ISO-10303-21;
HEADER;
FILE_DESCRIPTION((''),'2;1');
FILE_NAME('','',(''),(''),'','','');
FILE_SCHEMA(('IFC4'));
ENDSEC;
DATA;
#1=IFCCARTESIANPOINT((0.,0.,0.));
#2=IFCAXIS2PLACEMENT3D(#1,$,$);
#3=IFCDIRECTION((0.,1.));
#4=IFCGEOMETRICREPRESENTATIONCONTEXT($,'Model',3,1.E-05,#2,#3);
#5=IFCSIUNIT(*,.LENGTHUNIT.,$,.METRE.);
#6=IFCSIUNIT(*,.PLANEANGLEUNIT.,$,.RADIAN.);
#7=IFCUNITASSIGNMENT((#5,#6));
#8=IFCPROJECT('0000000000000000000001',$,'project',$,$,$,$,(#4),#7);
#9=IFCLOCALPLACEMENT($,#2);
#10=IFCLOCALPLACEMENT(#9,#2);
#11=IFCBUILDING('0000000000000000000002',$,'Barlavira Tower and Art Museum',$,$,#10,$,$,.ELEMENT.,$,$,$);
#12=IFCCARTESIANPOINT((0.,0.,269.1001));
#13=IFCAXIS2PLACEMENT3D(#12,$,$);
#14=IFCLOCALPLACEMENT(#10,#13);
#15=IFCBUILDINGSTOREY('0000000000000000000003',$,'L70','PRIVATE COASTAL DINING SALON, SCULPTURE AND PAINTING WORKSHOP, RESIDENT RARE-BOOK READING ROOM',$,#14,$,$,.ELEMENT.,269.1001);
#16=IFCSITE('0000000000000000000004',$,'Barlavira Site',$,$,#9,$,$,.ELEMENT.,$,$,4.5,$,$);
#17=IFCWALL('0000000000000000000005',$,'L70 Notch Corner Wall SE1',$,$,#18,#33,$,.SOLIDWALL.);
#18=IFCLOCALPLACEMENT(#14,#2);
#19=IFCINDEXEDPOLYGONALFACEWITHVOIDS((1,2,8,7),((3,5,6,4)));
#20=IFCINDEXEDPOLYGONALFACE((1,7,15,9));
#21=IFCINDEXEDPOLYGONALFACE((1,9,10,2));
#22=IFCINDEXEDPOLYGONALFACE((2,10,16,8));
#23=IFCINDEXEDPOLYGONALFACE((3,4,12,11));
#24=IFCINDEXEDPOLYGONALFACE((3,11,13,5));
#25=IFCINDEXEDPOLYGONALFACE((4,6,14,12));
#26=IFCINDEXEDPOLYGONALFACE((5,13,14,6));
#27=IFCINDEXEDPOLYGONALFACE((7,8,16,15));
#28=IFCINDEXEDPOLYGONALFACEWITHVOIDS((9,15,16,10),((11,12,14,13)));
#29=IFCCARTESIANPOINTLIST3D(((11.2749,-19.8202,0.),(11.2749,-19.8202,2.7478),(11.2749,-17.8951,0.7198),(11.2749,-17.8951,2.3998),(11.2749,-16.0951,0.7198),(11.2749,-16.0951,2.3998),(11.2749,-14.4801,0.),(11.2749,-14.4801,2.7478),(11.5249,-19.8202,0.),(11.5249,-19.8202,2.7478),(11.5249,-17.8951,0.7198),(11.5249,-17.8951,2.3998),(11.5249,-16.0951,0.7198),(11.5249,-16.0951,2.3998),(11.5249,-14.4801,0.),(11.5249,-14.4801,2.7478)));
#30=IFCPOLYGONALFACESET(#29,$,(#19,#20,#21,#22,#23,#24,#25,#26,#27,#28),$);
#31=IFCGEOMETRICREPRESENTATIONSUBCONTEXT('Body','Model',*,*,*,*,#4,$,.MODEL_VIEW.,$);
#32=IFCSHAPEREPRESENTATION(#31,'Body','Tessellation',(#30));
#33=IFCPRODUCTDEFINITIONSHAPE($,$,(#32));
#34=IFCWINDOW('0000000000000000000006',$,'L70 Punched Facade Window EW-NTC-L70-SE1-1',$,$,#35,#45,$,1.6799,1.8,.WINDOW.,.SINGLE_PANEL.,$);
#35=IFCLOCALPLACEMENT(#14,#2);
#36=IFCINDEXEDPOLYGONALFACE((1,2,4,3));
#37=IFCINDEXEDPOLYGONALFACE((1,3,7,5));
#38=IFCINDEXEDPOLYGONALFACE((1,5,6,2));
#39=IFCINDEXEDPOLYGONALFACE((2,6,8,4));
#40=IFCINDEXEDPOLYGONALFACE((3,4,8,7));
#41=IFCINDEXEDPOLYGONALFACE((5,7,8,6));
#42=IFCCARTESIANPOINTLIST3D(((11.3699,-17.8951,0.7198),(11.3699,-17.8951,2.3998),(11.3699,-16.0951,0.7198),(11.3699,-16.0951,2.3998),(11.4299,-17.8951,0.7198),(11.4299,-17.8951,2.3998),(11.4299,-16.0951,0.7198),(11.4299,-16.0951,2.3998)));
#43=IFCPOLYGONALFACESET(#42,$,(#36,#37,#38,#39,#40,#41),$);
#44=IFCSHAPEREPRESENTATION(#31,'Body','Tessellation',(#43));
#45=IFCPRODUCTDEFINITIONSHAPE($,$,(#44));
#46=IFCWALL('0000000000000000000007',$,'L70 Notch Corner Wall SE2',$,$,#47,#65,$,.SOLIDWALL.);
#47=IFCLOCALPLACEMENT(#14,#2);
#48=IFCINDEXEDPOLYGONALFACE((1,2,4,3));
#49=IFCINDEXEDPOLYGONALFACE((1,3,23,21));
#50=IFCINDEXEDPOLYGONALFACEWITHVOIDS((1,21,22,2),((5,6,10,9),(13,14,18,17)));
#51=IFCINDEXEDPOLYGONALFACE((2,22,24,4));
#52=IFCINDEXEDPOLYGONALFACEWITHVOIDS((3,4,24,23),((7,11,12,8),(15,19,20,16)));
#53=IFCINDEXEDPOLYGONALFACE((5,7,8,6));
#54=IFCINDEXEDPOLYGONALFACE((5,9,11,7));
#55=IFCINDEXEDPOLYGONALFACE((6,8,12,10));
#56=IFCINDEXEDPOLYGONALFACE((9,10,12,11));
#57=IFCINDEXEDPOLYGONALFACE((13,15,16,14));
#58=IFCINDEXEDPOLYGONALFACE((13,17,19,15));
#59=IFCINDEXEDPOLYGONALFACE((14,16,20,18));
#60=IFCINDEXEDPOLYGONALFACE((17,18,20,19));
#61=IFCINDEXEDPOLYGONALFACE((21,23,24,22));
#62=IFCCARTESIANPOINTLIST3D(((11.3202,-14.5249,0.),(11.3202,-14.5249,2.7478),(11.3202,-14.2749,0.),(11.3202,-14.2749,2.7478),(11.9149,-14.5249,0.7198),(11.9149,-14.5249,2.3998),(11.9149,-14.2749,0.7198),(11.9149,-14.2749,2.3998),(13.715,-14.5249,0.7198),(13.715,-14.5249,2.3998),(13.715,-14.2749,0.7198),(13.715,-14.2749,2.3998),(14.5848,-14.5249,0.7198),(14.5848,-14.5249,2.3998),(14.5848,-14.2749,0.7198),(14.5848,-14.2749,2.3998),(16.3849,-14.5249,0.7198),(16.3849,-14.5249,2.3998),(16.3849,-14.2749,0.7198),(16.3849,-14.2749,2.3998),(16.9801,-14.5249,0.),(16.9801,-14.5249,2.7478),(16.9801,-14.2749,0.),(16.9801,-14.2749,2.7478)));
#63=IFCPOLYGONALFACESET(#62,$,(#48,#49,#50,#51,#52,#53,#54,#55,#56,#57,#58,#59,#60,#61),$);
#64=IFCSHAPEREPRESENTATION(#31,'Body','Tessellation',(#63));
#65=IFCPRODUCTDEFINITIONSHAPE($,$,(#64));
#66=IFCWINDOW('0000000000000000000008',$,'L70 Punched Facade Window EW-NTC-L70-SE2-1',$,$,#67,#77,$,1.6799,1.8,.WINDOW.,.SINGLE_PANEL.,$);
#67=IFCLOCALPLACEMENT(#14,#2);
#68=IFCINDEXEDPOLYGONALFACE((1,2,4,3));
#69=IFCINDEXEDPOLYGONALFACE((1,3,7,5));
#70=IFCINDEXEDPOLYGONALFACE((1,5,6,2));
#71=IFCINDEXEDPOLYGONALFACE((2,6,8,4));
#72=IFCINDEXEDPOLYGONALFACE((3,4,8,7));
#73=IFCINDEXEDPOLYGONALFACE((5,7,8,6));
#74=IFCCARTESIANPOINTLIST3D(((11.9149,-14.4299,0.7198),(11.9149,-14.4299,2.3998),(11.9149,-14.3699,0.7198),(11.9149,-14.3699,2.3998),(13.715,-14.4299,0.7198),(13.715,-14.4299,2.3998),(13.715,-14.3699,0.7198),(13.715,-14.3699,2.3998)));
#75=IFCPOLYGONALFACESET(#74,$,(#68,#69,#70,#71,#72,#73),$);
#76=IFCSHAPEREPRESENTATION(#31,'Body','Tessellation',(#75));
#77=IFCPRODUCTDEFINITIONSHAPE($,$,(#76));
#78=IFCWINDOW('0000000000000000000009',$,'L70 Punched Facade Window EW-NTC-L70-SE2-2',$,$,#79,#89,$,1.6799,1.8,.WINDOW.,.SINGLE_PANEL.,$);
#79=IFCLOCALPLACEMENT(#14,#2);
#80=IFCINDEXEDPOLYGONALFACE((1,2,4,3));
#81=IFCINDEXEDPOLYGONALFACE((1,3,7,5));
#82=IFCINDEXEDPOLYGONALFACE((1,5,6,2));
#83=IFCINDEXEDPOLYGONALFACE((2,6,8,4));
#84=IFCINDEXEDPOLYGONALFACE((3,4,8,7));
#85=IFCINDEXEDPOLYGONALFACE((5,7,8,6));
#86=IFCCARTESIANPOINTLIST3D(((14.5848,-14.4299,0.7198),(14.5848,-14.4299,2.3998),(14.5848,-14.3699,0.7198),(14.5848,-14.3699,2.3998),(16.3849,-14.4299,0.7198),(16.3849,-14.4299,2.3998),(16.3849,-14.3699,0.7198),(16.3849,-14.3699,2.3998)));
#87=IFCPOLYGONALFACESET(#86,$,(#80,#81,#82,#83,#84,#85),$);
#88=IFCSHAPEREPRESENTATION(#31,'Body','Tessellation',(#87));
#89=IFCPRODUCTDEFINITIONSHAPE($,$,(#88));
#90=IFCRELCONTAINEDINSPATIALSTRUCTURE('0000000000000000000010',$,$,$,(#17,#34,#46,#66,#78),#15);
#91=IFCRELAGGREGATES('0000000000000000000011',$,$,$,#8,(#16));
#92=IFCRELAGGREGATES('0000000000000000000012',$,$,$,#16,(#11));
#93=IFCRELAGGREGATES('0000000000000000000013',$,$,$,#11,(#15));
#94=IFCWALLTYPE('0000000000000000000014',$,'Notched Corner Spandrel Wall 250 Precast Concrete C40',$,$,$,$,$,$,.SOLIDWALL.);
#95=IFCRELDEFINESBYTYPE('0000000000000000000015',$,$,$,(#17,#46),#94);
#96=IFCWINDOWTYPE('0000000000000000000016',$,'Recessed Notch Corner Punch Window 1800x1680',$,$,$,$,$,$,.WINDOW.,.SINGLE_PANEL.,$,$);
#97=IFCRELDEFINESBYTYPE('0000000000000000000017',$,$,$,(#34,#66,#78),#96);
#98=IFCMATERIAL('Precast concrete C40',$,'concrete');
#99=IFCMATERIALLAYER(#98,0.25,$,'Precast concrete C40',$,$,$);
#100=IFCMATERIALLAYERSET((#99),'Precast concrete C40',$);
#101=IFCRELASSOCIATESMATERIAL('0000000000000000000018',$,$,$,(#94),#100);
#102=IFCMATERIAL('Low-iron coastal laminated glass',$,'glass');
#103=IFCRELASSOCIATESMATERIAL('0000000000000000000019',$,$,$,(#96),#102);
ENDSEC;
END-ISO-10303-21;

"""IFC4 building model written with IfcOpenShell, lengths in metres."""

from ifc_helpers import new_model, si_unit, direction, frame, frame_2d, origin, place, context, subcontext, project, spatial, rectangle, extrude, material, layer, layer_set, type_object, element, fill, save


model = new_model("IFC4")

# Units and contexts
model_context = context("Model", 3, precision=1e-05, world=origin(), true_north=direction((0.0, 1.0)))
body_context = subcontext(model_context, "Body", "Model", "MODEL_VIEW")
ifc_project = project(units=[si_unit("LENGTHUNIT", "METRE"), si_unit("PLANEANGLEUNIT", "RADIAN")], contexts=[model_context])

# Site, building, storey
site_placement = place(None, origin())
site = spatial("IfcSite", under=ifc_project, at=site_placement, Name="Barlavira Site", CompositionType="ELEMENT", RefElevation=4.5)
building_placement = place(site_placement, origin())
building = spatial("IfcBuilding", under=site, at=building_placement, Name="Barlavira Tower and Art Museum", CompositionType="ELEMENT")
storey_placement = place(building_placement, frame((0.0, 0.0, 269.1001)))
storey = spatial("IfcBuildingStorey", under=building, at=storey_placement, Name="L70", Description="PRIVATE COASTAL DINING SALON, SCULPTURE AND PAINTING WORKSHOP, RESIDENT RARE-BOOK READING ROOM", CompositionType="ELEMENT", Elevation=269.1001)

# Shared definitions
ifc_material_1 = material(Name="Precast concrete C40", Category="concrete")
ifc_layer_1 = layer(ifc_material_1, 0.25, Name="Precast concrete C40")
ifc_layer_set_1 = layer_set([ifc_layer_1], Name="Precast concrete C40")
wall_type_1 = type_object("IfcWallType", Name="Notched Corner Spandrel Wall 250 Precast Concrete C40", PredefinedType="SOLIDWALL", material=ifc_layer_set_1)
ifc_material_2 = material(Name="Low-iron coastal laminated glass", Category="glass")

# Wall, opening, window
window_type_1 = type_object("IfcWindowType", Name="Recessed Notch Corner Punch Window 1800x1680", PartitioningType="SINGLE_PANEL", PredefinedType="WINDOW", material=ifc_material_2)
wall_1_placement = place(storey_placement, frame((11.3999, -19.8201, 0.0), z_axis=(0.0, 0.0, 1.0), x_axis=(0.0, 1.0, 0.0)))
wall_1 = element("IfcWall", 1, at=wall_1_placement, inside=storey, type_object=wall_type_1, Name="L70 Notch Corner Wall SE1", PredefinedType="SOLIDWALL", context=body_context, shape_type="SweptSolid", body=[
    extrude(rectangle(XDim=5.3401, YDim=0.25, at=frame_2d((2.6699, 0.0))), origin(), (0.0, 0.0, 1.0), 2.7478),
])
opening_1_placement = place(wall_1_placement, frame((1.925, 0.0, 0.72)))
opening_1 = element("IfcOpeningElement", 2, at=opening_1_placement, cuts=wall_1, PredefinedType="OPENING", context=body_context, shape_type="SweptSolid", body=[
    extrude(rectangle(XDim=1.8, YDim=1.6799, at=frame_2d((0.8999, 0.8398))), frame((0.0, 0.135, 0.0), z_axis=(0.0, -1.0, 0.0), x_axis=(1.0, 0.0, 0.0)), (0.0, 0.0, 1.0), 0.27),
])
window_1_placement = place(opening_1_placement, origin())
window_1 = element("IfcWindow", 3, at=window_1_placement, inside=storey, type_object=window_type_1, Name="L70 Punched Facade Window EW-NTC-L70-SE1-1", OverallHeight=1.6799, OverallWidth=1.8, PartitioningType="SINGLE_PANEL", PredefinedType="WINDOW", context=body_context, shape_type="SweptSolid", body=[
    extrude(rectangle(XDim=1.8, YDim=1.6799, at=frame_2d((0.8999, 0.8398))), frame((0.0, 0.03, 0.0), z_axis=(0.0, -1.0, 0.0), x_axis=(1.0, 0.0, 0.0)), (0.0, 0.0, 1.0), 0.0601),
])
fill(opening_1, window_1)

# Wall, openings, windows
wall_2_placement = place(storey_placement, frame((11.3201, -14.3999, 0.0), z_axis=(0.0, 0.0, 1.0), x_axis=(1.0, 0.0, 0.0)))
wall_2 = element("IfcWall", 4, at=wall_2_placement, inside=storey, type_object=wall_type_1, Name="L70 Notch Corner Wall SE2", PredefinedType="SOLIDWALL", context=body_context, shape_type="SweptSolid", body=[
    extrude(rectangle(XDim=5.6599, YDim=0.25, at=frame_2d((2.8301, 0.0))), origin(), (0.0, 0.0, 1.0), 2.7478),
])
opening_2_placement = place(wall_2_placement, frame((0.595, 0.0, 0.72)))
opening_2 = element("IfcOpeningElement", 5, at=opening_2_placement, cuts=wall_2, PredefinedType="OPENING", context=body_context, shape_type="SweptSolid", body=[
    extrude(rectangle(XDim=1.8, YDim=1.6799, at=frame_2d((0.8999, 0.8398))), frame((0.0, 0.135, 0.0), z_axis=(0.0, -1.0, 0.0), x_axis=(1.0, 0.0, 0.0)), (0.0, 0.0, 1.0), 0.27),
])
opening_3_placement = place(wall_2_placement, frame((3.2649, 0.0, 0.72)))
opening_3 = element("IfcOpeningElement", 6, at=opening_3_placement, cuts=wall_2, PredefinedType="OPENING", context=body_context, shape_type="SweptSolid", body=[
    extrude(rectangle(XDim=1.8, YDim=1.6799, at=frame_2d((0.8999, 0.8398))), frame((0.0, 0.135, 0.0), z_axis=(0.0, -1.0, 0.0), x_axis=(1.0, 0.0, 0.0)), (0.0, 0.0, 1.0), 0.27),
])
window_2_placement = place(opening_2_placement, origin())
window_2 = element("IfcWindow", 7, at=window_2_placement, inside=storey, type_object=window_type_1, Name="L70 Punched Facade Window EW-NTC-L70-SE2-1", OverallHeight=1.6799, OverallWidth=1.8, PartitioningType="SINGLE_PANEL", PredefinedType="WINDOW", context=body_context, shape_type="SweptSolid", body=[
    extrude(rectangle(XDim=1.8, YDim=1.6799, at=frame_2d((0.8999, 0.8398))), frame((0.0, 0.03, 0.0), z_axis=(0.0, -1.0, 0.0), x_axis=(1.0, 0.0, 0.0)), (0.0, 0.0, 1.0), 0.0601),
])
fill(opening_2, window_2)
window_3_placement = place(opening_3_placement, origin())
window_3 = element("IfcWindow", 8, at=window_3_placement, inside=storey, type_object=window_type_1, Name="L70 Punched Facade Window EW-NTC-L70-SE2-2", OverallHeight=1.6799, OverallWidth=1.8, PartitioningType="SINGLE_PANEL", PredefinedType="WINDOW", context=body_context, shape_type="SweptSolid", body=[
    extrude(rectangle(XDim=1.8, YDim=1.6799, at=frame_2d((0.8999, 0.8398))), frame((0.0, 0.03, 0.0), z_axis=(0.0, -1.0, 0.0), x_axis=(1.0, 0.0, 0.0)), (0.0, 0.0, 1.0), 0.0601),
])
fill(opening_3, window_3)

save(model, "model.ifc")
